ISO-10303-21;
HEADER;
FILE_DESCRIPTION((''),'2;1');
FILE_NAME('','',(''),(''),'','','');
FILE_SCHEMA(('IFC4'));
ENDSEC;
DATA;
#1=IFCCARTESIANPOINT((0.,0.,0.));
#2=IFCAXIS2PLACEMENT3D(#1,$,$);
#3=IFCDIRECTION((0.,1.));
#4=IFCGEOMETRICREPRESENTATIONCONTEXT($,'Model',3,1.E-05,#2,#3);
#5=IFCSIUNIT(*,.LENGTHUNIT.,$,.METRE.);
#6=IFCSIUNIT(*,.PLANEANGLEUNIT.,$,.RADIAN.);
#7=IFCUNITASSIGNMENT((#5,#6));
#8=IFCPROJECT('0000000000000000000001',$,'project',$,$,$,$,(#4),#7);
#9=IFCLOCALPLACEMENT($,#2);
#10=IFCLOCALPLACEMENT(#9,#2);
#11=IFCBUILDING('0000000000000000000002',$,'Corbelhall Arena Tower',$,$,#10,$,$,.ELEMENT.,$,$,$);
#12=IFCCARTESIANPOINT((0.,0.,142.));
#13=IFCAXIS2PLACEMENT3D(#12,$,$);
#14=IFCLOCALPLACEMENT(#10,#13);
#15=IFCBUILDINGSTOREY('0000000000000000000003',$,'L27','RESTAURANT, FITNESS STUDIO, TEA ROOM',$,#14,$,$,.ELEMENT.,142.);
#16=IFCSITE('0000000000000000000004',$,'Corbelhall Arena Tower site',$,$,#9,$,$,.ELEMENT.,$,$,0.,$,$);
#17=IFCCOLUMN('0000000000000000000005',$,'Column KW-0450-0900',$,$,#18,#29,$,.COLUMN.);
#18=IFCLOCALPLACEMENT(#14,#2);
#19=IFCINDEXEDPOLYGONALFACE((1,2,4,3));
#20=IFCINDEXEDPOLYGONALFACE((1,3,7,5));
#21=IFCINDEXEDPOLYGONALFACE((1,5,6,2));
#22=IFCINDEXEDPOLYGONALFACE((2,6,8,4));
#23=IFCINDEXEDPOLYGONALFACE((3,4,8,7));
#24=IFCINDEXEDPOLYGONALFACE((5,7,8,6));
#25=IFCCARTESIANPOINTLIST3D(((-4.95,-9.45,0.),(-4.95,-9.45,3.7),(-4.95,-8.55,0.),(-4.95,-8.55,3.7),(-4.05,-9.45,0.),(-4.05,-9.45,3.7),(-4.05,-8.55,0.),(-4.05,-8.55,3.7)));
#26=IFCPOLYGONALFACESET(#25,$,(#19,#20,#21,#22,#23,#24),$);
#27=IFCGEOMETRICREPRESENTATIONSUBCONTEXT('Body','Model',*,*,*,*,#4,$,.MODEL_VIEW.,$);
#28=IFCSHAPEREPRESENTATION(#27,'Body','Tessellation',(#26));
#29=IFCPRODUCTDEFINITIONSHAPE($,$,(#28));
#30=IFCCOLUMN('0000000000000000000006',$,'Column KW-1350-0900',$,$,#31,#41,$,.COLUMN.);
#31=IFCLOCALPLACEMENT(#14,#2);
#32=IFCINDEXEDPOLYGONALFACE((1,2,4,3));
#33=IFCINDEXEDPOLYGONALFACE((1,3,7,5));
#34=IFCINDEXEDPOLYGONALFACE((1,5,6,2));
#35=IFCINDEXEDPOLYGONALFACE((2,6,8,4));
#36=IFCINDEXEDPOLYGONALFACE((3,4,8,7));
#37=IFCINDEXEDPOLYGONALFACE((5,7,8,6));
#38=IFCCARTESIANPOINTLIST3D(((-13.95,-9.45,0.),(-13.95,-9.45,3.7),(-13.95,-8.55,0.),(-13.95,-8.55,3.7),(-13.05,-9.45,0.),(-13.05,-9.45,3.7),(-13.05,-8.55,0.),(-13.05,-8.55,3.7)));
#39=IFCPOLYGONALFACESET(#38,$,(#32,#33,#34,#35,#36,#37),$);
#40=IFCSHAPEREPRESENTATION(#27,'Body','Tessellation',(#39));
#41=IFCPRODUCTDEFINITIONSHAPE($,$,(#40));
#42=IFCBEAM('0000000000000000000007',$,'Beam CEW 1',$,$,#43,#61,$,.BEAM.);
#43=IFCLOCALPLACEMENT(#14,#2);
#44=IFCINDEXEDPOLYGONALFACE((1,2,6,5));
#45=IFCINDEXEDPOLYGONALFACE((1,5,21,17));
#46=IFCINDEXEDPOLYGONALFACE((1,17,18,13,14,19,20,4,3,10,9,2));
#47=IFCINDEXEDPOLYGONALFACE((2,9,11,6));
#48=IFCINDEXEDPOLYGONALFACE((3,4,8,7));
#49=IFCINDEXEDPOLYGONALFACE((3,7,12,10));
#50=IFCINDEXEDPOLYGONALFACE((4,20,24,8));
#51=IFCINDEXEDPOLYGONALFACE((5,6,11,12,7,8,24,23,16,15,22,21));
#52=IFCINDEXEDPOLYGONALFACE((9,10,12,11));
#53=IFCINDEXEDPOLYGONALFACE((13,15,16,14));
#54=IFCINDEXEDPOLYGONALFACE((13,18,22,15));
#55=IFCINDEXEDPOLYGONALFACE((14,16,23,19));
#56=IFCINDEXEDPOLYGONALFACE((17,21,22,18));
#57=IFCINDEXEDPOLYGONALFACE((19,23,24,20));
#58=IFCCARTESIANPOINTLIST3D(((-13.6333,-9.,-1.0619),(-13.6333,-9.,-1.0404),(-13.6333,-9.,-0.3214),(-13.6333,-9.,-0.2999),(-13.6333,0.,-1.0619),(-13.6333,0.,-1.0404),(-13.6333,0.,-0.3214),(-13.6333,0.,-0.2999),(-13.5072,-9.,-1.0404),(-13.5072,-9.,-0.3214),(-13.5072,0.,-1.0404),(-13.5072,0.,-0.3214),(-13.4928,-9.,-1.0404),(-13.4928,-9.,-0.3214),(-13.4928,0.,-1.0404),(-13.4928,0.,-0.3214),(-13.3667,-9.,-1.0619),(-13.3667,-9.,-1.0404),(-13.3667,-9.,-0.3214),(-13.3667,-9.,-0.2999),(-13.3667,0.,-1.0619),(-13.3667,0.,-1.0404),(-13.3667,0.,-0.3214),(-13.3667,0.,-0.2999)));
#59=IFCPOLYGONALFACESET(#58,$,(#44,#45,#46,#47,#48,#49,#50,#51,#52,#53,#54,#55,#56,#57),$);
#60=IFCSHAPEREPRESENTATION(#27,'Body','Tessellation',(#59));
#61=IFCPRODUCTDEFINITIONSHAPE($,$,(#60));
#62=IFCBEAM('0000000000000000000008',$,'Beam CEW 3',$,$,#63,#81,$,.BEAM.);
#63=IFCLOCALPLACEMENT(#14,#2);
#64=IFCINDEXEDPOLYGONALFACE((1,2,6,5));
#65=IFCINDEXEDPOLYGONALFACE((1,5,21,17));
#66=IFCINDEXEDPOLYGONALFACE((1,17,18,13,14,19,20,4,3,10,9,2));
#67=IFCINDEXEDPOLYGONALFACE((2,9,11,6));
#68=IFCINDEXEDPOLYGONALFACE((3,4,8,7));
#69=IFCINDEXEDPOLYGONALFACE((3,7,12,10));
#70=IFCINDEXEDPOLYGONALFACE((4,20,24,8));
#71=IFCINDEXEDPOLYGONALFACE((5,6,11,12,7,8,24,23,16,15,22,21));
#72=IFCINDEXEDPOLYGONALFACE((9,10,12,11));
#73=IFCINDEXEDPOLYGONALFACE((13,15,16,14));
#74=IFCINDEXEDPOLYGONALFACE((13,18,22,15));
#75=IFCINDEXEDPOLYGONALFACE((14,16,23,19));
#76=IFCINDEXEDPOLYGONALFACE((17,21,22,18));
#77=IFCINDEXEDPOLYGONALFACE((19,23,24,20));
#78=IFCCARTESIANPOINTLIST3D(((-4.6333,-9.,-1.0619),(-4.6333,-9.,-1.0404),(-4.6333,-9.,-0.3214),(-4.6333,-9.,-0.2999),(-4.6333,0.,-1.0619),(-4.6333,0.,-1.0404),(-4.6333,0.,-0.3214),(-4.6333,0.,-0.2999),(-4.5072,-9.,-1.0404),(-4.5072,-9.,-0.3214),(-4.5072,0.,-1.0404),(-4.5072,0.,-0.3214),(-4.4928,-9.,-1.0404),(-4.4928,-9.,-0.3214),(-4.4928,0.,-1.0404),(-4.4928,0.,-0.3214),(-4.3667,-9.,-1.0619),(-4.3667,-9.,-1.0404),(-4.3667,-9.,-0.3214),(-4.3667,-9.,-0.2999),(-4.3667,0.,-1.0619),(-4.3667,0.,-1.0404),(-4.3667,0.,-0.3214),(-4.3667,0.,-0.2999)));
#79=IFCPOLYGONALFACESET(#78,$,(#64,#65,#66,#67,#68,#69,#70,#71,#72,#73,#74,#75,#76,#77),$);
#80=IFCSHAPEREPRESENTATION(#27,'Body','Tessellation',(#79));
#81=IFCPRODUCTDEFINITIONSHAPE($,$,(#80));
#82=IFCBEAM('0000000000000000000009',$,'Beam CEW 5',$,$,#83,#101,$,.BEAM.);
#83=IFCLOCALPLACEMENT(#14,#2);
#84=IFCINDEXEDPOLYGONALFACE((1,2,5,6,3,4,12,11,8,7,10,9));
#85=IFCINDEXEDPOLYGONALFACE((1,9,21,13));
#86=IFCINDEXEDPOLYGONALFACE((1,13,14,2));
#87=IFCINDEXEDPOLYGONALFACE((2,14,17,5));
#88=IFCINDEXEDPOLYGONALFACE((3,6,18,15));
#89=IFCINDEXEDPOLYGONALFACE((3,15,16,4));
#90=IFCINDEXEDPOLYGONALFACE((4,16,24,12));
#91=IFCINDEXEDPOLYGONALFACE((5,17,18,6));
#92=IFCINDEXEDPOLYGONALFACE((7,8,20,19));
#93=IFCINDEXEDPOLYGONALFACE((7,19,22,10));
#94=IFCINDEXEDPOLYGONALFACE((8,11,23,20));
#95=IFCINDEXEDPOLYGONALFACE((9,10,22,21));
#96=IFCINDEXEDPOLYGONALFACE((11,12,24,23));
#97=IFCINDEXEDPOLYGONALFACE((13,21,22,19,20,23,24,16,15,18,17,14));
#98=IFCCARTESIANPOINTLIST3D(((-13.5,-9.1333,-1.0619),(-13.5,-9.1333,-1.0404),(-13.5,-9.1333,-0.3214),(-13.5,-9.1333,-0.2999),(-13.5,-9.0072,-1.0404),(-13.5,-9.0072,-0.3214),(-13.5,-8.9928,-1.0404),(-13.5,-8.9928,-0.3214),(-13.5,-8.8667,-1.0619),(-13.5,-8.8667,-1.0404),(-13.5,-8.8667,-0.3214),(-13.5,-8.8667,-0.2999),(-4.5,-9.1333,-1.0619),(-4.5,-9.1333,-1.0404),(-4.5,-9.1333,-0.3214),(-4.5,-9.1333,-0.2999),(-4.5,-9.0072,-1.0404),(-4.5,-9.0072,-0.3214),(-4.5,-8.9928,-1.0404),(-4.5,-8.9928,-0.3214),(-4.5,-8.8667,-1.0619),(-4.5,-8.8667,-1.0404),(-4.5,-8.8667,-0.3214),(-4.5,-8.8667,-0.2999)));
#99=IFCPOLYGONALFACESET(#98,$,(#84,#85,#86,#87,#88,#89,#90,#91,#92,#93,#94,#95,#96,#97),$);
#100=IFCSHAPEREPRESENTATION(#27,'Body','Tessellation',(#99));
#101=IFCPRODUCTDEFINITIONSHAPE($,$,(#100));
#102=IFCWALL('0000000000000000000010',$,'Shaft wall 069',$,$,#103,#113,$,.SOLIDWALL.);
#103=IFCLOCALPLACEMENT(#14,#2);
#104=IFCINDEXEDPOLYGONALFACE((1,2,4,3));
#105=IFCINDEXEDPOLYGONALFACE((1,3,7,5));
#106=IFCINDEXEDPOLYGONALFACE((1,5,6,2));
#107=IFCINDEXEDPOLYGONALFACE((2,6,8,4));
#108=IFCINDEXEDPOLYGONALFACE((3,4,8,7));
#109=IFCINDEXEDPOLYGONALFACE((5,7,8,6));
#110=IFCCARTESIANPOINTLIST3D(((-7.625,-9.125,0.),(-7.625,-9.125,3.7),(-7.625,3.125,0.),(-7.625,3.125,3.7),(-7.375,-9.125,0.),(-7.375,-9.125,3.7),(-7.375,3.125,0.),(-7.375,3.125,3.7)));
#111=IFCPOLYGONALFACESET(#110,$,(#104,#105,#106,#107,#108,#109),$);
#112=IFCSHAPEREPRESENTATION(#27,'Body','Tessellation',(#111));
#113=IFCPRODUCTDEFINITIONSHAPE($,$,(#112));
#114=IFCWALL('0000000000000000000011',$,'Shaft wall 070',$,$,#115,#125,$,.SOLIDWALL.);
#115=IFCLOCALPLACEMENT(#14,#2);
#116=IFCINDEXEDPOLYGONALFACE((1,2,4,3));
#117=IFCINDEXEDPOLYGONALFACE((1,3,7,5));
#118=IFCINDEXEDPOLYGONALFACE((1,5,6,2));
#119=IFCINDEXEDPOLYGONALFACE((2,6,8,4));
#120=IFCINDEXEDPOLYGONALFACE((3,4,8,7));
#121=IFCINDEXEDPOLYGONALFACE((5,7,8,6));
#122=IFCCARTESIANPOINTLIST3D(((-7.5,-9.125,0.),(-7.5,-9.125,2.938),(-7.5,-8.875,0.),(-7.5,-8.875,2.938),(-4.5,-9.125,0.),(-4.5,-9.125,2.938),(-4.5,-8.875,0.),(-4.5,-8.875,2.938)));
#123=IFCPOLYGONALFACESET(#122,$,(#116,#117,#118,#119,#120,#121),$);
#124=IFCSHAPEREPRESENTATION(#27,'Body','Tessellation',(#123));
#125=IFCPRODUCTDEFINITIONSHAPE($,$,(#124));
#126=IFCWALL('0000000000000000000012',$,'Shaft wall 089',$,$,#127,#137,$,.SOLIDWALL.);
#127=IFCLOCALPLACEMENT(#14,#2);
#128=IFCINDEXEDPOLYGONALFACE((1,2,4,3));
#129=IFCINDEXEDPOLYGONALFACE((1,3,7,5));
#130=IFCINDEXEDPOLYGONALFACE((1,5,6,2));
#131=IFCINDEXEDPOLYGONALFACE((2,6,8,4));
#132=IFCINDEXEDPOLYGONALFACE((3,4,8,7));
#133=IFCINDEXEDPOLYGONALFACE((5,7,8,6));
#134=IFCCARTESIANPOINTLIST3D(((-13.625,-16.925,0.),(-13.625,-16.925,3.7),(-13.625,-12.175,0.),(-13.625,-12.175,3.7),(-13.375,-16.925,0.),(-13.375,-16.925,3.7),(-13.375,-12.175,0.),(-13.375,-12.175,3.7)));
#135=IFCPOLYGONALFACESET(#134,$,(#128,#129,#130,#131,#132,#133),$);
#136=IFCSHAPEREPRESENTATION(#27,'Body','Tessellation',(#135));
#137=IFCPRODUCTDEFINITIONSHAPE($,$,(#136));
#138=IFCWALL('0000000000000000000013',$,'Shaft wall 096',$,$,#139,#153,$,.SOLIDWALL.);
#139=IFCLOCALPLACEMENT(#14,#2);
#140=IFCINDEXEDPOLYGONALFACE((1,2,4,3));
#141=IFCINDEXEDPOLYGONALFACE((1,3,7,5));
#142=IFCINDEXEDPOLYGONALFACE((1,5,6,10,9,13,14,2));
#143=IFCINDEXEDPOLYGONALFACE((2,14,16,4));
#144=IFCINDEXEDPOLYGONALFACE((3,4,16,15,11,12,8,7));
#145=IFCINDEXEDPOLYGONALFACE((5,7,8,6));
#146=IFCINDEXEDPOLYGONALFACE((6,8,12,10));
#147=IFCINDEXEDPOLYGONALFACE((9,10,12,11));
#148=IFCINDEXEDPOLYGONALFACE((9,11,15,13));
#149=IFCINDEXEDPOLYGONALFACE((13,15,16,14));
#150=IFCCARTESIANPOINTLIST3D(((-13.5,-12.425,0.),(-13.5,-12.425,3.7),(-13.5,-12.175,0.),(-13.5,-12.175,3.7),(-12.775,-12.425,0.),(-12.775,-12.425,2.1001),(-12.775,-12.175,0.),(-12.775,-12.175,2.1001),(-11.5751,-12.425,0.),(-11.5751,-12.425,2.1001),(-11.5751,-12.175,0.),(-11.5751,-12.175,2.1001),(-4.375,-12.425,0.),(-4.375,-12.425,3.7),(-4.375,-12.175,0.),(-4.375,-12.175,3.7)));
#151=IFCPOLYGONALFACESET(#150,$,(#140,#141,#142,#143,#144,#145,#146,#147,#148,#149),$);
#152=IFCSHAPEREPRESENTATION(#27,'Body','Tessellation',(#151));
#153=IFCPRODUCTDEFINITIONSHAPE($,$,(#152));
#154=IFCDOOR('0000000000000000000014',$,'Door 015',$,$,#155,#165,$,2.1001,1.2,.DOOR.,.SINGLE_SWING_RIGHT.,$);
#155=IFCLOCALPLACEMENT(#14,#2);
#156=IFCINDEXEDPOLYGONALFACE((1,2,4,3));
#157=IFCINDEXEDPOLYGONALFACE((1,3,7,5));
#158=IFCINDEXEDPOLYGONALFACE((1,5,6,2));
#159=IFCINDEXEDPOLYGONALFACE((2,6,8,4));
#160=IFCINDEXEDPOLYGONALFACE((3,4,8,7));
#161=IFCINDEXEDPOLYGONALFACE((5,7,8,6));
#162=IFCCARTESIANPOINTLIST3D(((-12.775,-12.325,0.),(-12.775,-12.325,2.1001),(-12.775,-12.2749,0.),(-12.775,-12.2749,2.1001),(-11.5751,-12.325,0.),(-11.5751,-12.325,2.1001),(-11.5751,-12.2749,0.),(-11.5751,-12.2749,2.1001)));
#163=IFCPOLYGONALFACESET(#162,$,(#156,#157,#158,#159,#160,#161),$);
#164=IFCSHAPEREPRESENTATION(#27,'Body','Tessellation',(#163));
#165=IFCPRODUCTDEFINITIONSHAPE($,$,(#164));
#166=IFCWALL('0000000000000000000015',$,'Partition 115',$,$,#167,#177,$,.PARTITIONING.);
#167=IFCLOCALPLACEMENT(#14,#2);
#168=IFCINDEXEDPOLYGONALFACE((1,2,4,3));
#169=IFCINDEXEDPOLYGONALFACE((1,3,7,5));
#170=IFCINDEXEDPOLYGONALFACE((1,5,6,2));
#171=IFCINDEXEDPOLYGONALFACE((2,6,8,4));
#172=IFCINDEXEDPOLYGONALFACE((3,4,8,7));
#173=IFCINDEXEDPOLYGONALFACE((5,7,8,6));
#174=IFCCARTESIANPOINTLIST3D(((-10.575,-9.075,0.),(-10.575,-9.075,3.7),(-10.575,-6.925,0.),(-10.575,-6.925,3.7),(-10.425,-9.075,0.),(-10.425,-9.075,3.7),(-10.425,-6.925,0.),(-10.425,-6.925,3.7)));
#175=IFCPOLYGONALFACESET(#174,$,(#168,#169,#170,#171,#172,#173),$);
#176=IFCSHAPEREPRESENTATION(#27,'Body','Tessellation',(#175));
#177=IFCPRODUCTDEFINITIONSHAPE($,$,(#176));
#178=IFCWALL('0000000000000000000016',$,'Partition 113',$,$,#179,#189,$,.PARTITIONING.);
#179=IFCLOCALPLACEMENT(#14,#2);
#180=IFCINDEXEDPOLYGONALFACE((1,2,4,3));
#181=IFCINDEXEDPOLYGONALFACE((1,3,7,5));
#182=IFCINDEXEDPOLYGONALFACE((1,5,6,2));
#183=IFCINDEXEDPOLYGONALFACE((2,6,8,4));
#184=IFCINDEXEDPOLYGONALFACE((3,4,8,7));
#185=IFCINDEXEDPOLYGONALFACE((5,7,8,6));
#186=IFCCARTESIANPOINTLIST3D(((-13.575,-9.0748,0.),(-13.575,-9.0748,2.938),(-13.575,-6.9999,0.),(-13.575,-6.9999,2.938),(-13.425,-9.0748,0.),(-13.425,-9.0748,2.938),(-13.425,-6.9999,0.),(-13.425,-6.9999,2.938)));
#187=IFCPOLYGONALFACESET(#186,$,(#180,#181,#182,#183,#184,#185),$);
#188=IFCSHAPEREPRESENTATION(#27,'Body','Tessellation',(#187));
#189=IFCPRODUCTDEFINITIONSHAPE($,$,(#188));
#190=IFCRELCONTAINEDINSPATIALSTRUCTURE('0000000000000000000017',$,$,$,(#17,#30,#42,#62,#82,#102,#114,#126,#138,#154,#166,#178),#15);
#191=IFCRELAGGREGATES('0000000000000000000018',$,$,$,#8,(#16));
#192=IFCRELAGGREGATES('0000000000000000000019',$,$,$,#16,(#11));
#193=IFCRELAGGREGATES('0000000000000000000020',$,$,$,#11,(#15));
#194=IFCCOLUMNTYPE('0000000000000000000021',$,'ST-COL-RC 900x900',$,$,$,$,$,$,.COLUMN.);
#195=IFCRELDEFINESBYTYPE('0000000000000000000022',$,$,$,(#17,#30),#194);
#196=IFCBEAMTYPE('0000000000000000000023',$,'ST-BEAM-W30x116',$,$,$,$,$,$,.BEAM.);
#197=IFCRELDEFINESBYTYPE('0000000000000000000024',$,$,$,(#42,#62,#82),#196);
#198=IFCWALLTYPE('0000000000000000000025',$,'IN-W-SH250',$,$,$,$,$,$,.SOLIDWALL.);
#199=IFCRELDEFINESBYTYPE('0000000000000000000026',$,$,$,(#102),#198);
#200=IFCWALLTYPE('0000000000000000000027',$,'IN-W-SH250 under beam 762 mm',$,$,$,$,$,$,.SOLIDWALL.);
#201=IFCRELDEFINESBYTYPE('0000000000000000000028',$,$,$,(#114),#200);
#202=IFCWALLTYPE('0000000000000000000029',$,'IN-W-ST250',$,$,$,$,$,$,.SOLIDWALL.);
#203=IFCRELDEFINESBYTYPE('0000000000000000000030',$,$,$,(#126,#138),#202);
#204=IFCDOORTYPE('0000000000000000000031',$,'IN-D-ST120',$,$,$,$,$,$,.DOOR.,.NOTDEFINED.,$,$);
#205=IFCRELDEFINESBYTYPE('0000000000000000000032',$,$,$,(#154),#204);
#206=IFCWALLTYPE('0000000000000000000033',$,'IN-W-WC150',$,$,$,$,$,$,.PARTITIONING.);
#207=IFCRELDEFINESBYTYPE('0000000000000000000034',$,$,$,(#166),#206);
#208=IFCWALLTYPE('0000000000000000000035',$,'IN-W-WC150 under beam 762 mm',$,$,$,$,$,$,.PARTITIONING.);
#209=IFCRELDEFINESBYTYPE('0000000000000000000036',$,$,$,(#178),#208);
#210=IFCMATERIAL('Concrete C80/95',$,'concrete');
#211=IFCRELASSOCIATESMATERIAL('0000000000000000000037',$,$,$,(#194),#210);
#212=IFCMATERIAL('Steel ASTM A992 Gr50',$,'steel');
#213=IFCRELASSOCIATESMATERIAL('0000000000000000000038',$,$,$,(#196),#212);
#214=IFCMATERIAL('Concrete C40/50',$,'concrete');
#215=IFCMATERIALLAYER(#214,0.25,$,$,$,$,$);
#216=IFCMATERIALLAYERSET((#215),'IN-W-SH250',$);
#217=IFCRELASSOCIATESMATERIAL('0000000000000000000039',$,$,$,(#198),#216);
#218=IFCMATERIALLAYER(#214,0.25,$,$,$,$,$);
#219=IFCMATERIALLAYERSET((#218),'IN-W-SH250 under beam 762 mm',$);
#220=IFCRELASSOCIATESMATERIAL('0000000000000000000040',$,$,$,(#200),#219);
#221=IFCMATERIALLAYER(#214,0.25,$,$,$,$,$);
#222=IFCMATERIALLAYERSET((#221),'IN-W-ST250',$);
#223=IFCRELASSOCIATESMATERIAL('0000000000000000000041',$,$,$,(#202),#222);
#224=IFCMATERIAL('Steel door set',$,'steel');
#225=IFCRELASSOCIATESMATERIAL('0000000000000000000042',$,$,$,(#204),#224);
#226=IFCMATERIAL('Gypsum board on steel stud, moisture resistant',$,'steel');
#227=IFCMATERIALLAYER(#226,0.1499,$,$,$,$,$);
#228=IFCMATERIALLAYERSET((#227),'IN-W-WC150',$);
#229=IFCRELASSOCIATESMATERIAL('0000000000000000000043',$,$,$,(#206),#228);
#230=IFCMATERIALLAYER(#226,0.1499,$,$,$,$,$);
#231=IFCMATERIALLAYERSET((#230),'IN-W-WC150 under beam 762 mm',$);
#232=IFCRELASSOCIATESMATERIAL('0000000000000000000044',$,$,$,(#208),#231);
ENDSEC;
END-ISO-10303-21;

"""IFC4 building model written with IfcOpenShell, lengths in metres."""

from ifc_helpers import new_model, si_unit, direction, frame, frame_2d, origin, origin_2d, place, context, subcontext, project, spatial, rectangle, i_section, extrude, material, layer, layer_set, material_profile, profile_set, type_object, element, fill, save


model = new_model("IFC4")

# Units and contexts
model_context = context("Model", 3, precision=1e-05, world=origin(), true_north=direction((0.0, 1.0)))
body_context = subcontext(model_context, "Body", "Model", "MODEL_VIEW")
ifc_project = project(units=[si_unit("LENGTHUNIT", "METRE"), si_unit("PLANEANGLEUNIT", "RADIAN")], contexts=[model_context])

# Site, building, storey
site_placement = place(None, origin())
site = spatial("IfcSite", under=ifc_project, at=site_placement, Name="Corbelhall Arena Tower site", CompositionType="ELEMENT", RefElevation=0.0)
building_placement = place(site_placement, origin())
building = spatial("IfcBuilding", under=site, at=building_placement, Name="Corbelhall Arena Tower", CompositionType="ELEMENT")
storey_placement = place(building_placement, frame((0.0, 0.0, 142.0)))
storey = spatial("IfcBuildingStorey", under=building, at=storey_placement, Name="L27", Description="RESTAURANT, FITNESS STUDIO, TEA ROOM", CompositionType="ELEMENT", Elevation=142.0)

# Columns
ifc_material_1 = material(Name="Concrete C80/95", Category="concrete")
ifc_material_profile_1 = material_profile(ifc_material_1, rectangle(XDim=0.8999, YDim=0.8999, at=origin_2d()))
ifc_profile_set_1 = profile_set([ifc_material_profile_1], Name="Concrete C80/95")
column_type = type_object("IfcColumnType", Name="ST-COL-RC 900x900", PredefinedType="COLUMN", material=ifc_profile_set_1)
for number, where, z_axis, x_axis, name in (
    (1, (-4.5, -9.0, 0.0), (0.0, 0.0, 1.0), (1.0, 0.0, 0.0), "Column KW-0450-0900"),
    (2, (-13.5, -9.0, 0.0), (0.0, 0.0, 1.0), (1.0, 0.0, 0.0), "Column KW-1350-0900"),
):
    element("IfcColumn", number, at=place(storey_placement, frame(where, z_axis=z_axis, x_axis=x_axis)), inside=storey, type_object=column_type, Name=name, PredefinedType="COLUMN", context=body_context, shape_type="SweptSolid", body=[
        extrude(rectangle(XDim=0.8999, YDim=0.8999, at=origin_2d()), origin(), (0.0, 0.0, 1.0), 3.7),
    ])

# Beams
ifc_material_2 = material(Name="Steel ASTM A992 Gr50", Category="steel")
ifc_material_profile_2 = material_profile(ifc_material_2, i_section(OverallWidth=0.2666, OverallDepth=0.762, WebThickness=0.0144, FlangeThickness=0.0215, at=origin_2d()))
ifc_profile_set_2 = profile_set([ifc_material_profile_2], Name="Steel ASTM A992 Gr50")
beam_type = type_object("IfcBeamType", Name="ST-BEAM-W30x116", PredefinedType="BEAM", material=ifc_profile_set_2)
for number, where, z_axis, x_axis, name in (
    (3, (-13.5, -9.0, -0.6809), (0.0, 1.0, 0.0), (-1.0, 0.0, 0.0), "Beam CEW 1"),
    (4, (-4.5, -9.0, -0.6809), (0.0, 1.0, 0.0), (-1.0, 0.0, 0.0), "Beam CEW 3"),
    (5, (-13.5, -9.0, -0.6809), (1.0, 0.0, 0.0), (0.0, 1.0, 0.0), "Beam CEW 5"),
):
    element("IfcBeam", number, at=place(storey_placement, frame(where, z_axis=z_axis, x_axis=x_axis)), inside=storey, type_object=beam_type, Name=name, PredefinedType="BEAM", context=body_context, shape_type="SweptSolid", body=[
        extrude(i_section(OverallWidth=0.2666, OverallDepth=0.762, WebThickness=0.0144, FlangeThickness=0.0215, at=origin_2d()), origin(), (0.0, 0.0, 1.0), 9.0),
    ])

# Shared definitions
ifc_material_3 = material(Name="Steel door set", Category="steel")

# Walls
ifc_material_4 = material(Name="Concrete C40/50", Category="concrete")
ifc_layer_1 = layer(ifc_material_4, 0.25)
ifc_layer_set_1 = layer_set([ifc_layer_1], Name="IN-W-SH250")
wall_type_1 = type_object("IfcWallType", Name="IN-W-SH250", PredefinedType="SOLIDWALL", material=ifc_layer_set_1)
wall_1_placement = place(storey_placement, frame((-7.5, -9.125, 0.0), z_axis=(0.0, 0.0, 1.0), x_axis=(0.0, 1.0, 0.0)))
element("IfcWall", 6, at=wall_1_placement, inside=storey, type_object=wall_type_1, Name="Shaft wall 069", PredefinedType="SOLIDWALL", context=body_context, shape_type="SweptSolid", body=[
    extrude(rectangle(XDim=12.25, YDim=0.25, at=frame_2d((6.125, 0.0))), origin(), (0.0, 0.0, 1.0), 3.7),
])
ifc_layer_2 = layer(ifc_material_4, 0.25)
ifc_layer_set_2 = layer_set([ifc_layer_2], Name="IN-W-SH250 under beam 762 mm")
wall_type_2 = type_object("IfcWallType", Name="IN-W-SH250 under beam 762 mm", PredefinedType="SOLIDWALL", material=ifc_layer_set_2)
wall_2_placement = place(storey_placement, frame((-4.5, -9.0, 0.0), z_axis=(0.0, 0.0, 1.0), x_axis=(-1.0, 0.0, 0.0)))
element("IfcWall", 7, at=wall_2_placement, inside=storey, type_object=wall_type_2, Name="Shaft wall 070", PredefinedType="SOLIDWALL", context=body_context, shape_type="SweptSolid", body=[
    extrude(rectangle(XDim=3.0, YDim=0.25, at=frame_2d((1.5, 0.0))), origin(), (0.0, 0.0, 1.0), 2.938),
])
ifc_layer_3 = layer(ifc_material_4, 0.25)
ifc_layer_set_3 = layer_set([ifc_layer_3], Name="IN-W-ST250")
wall_type_3 = type_object("IfcWallType", Name="IN-W-ST250", PredefinedType="SOLIDWALL", material=ifc_layer_set_3)
wall_3_placement = place(storey_placement, frame((-13.5, -12.175, 0.0), z_axis=(0.0, 0.0, 1.0), x_axis=(0.0, -1.0, 0.0)))
element("IfcWall", 8, at=wall_3_placement, inside=storey, type_object=wall_type_3, Name="Shaft wall 089", PredefinedType="SOLIDWALL", context=body_context, shape_type="SweptSolid", body=[
    extrude(rectangle(XDim=4.75, YDim=0.25, at=frame_2d((2.375, 0.0))), origin(), (0.0, 0.0, 1.0), 3.7),
])

# Wall, opening, door
wall_4_placement = place(storey_placement, frame((-4.375, -12.3, 0.0), z_axis=(0.0, 0.0, 1.0), x_axis=(-1.0, 0.0, 0.0)))
wall_4 = element("IfcWall", 9, at=wall_4_placement, inside=storey, type_object=wall_type_3, Name="Shaft wall 096", PredefinedType="SOLIDWALL", context=body_context, shape_type="SweptSolid", body=[
    extrude(rectangle(XDim=9.125, YDim=0.25, at=frame_2d((4.5625, 0.0))), origin(), (0.0, 0.0, 1.0), 3.7),
])
opening_1_placement = place(wall_4_placement, frame((7.2, 0.0, 0.0)))
opening_1 = element("IfcOpeningElement", 10, at=opening_1_placement, cuts=wall_4, PredefinedType="OPENING", context=body_context, shape_type="SweptSolid", body=[
    extrude(rectangle(XDim=1.2, YDim=2.1001, at=frame_2d((0.6001, 1.05))), frame((0.0, 0.125, 0.0), z_axis=(0.0, -1.0, 0.0), x_axis=(1.0, 0.0, 0.0)), (0.0, 0.0, 1.0), 0.25),
])
door_type_1 = type_object("IfcDoorType", Name="IN-D-ST120", OperationType="NOTDEFINED", PredefinedType="DOOR", material=ifc_material_3)
door_1_placement = place(opening_1_placement, origin())
door_1 = element("IfcDoor", 11, at=door_1_placement, inside=storey, type_object=door_type_1, Name="Door 015", OperationType="SINGLE_SWING_RIGHT", OverallHeight=2.1001, OverallWidth=1.2, PredefinedType="DOOR", context=body_context, shape_type="SweptSolid", body=[
    extrude(rectangle(XDim=1.2, YDim=2.1001, at=frame_2d((0.6001, 1.05))), frame((0.0, 0.0249, 0.0), z_axis=(0.0, -1.0, 0.0), x_axis=(1.0, 0.0, 0.0)), (0.0, 0.0, 1.0), 0.05),
])
fill(opening_1, door_1)

# Walls
ifc_material_5 = material(Name="Gypsum board on steel stud, moisture resistant", Category="steel")
ifc_layer_4 = layer(ifc_material_5, 0.1499)
ifc_layer_set_4 = layer_set([ifc_layer_4], Name="IN-W-WC150")
wall_type_4 = type_object("IfcWallType", Name="IN-W-WC150", PredefinedType="PARTITIONING", material=ifc_layer_set_4)
wall_5_placement = place(storey_placement, frame((-10.5, -9.075, 0.0), z_axis=(0.0, 0.0, 1.0), x_axis=(0.0, 1.0, 0.0)))
element("IfcWall", 12, at=wall_5_placement, inside=storey, type_object=wall_type_4, Name="Partition 115", PredefinedType="PARTITIONING", context=body_context, shape_type="SweptSolid", body=[
    extrude(rectangle(XDim=2.1499, YDim=0.1499, at=frame_2d((1.075, 0.0))), origin(), (0.0, 0.0, 1.0), 3.7),
])
ifc_layer_5 = layer(ifc_material_5, 0.1499)
ifc_layer_set_5 = layer_set([ifc_layer_5], Name="IN-W-WC150 under beam 762 mm")
wall_type_5 = type_object("IfcWallType", Name="IN-W-WC150 under beam 762 mm", PredefinedType="PARTITIONING", material=ifc_layer_set_5)
wall_6_placement = place(storey_placement, frame((-13.5, -9.075, 0.0), z_axis=(0.0, 0.0, 1.0), x_axis=(0.0, 1.0, 0.0)))
element("IfcWall", 13, at=wall_6_placement, inside=storey, type_object=wall_type_5, Name="Partition 113", PredefinedType="PARTITIONING", context=body_context, shape_type="SweptSolid", body=[
    extrude(rectangle(XDim=2.075, YDim=0.1499, at=frame_2d((1.0376, 0.0))), origin(), (0.0, 0.0, 1.0), 2.938),
])

save(model, "model.ifc")
